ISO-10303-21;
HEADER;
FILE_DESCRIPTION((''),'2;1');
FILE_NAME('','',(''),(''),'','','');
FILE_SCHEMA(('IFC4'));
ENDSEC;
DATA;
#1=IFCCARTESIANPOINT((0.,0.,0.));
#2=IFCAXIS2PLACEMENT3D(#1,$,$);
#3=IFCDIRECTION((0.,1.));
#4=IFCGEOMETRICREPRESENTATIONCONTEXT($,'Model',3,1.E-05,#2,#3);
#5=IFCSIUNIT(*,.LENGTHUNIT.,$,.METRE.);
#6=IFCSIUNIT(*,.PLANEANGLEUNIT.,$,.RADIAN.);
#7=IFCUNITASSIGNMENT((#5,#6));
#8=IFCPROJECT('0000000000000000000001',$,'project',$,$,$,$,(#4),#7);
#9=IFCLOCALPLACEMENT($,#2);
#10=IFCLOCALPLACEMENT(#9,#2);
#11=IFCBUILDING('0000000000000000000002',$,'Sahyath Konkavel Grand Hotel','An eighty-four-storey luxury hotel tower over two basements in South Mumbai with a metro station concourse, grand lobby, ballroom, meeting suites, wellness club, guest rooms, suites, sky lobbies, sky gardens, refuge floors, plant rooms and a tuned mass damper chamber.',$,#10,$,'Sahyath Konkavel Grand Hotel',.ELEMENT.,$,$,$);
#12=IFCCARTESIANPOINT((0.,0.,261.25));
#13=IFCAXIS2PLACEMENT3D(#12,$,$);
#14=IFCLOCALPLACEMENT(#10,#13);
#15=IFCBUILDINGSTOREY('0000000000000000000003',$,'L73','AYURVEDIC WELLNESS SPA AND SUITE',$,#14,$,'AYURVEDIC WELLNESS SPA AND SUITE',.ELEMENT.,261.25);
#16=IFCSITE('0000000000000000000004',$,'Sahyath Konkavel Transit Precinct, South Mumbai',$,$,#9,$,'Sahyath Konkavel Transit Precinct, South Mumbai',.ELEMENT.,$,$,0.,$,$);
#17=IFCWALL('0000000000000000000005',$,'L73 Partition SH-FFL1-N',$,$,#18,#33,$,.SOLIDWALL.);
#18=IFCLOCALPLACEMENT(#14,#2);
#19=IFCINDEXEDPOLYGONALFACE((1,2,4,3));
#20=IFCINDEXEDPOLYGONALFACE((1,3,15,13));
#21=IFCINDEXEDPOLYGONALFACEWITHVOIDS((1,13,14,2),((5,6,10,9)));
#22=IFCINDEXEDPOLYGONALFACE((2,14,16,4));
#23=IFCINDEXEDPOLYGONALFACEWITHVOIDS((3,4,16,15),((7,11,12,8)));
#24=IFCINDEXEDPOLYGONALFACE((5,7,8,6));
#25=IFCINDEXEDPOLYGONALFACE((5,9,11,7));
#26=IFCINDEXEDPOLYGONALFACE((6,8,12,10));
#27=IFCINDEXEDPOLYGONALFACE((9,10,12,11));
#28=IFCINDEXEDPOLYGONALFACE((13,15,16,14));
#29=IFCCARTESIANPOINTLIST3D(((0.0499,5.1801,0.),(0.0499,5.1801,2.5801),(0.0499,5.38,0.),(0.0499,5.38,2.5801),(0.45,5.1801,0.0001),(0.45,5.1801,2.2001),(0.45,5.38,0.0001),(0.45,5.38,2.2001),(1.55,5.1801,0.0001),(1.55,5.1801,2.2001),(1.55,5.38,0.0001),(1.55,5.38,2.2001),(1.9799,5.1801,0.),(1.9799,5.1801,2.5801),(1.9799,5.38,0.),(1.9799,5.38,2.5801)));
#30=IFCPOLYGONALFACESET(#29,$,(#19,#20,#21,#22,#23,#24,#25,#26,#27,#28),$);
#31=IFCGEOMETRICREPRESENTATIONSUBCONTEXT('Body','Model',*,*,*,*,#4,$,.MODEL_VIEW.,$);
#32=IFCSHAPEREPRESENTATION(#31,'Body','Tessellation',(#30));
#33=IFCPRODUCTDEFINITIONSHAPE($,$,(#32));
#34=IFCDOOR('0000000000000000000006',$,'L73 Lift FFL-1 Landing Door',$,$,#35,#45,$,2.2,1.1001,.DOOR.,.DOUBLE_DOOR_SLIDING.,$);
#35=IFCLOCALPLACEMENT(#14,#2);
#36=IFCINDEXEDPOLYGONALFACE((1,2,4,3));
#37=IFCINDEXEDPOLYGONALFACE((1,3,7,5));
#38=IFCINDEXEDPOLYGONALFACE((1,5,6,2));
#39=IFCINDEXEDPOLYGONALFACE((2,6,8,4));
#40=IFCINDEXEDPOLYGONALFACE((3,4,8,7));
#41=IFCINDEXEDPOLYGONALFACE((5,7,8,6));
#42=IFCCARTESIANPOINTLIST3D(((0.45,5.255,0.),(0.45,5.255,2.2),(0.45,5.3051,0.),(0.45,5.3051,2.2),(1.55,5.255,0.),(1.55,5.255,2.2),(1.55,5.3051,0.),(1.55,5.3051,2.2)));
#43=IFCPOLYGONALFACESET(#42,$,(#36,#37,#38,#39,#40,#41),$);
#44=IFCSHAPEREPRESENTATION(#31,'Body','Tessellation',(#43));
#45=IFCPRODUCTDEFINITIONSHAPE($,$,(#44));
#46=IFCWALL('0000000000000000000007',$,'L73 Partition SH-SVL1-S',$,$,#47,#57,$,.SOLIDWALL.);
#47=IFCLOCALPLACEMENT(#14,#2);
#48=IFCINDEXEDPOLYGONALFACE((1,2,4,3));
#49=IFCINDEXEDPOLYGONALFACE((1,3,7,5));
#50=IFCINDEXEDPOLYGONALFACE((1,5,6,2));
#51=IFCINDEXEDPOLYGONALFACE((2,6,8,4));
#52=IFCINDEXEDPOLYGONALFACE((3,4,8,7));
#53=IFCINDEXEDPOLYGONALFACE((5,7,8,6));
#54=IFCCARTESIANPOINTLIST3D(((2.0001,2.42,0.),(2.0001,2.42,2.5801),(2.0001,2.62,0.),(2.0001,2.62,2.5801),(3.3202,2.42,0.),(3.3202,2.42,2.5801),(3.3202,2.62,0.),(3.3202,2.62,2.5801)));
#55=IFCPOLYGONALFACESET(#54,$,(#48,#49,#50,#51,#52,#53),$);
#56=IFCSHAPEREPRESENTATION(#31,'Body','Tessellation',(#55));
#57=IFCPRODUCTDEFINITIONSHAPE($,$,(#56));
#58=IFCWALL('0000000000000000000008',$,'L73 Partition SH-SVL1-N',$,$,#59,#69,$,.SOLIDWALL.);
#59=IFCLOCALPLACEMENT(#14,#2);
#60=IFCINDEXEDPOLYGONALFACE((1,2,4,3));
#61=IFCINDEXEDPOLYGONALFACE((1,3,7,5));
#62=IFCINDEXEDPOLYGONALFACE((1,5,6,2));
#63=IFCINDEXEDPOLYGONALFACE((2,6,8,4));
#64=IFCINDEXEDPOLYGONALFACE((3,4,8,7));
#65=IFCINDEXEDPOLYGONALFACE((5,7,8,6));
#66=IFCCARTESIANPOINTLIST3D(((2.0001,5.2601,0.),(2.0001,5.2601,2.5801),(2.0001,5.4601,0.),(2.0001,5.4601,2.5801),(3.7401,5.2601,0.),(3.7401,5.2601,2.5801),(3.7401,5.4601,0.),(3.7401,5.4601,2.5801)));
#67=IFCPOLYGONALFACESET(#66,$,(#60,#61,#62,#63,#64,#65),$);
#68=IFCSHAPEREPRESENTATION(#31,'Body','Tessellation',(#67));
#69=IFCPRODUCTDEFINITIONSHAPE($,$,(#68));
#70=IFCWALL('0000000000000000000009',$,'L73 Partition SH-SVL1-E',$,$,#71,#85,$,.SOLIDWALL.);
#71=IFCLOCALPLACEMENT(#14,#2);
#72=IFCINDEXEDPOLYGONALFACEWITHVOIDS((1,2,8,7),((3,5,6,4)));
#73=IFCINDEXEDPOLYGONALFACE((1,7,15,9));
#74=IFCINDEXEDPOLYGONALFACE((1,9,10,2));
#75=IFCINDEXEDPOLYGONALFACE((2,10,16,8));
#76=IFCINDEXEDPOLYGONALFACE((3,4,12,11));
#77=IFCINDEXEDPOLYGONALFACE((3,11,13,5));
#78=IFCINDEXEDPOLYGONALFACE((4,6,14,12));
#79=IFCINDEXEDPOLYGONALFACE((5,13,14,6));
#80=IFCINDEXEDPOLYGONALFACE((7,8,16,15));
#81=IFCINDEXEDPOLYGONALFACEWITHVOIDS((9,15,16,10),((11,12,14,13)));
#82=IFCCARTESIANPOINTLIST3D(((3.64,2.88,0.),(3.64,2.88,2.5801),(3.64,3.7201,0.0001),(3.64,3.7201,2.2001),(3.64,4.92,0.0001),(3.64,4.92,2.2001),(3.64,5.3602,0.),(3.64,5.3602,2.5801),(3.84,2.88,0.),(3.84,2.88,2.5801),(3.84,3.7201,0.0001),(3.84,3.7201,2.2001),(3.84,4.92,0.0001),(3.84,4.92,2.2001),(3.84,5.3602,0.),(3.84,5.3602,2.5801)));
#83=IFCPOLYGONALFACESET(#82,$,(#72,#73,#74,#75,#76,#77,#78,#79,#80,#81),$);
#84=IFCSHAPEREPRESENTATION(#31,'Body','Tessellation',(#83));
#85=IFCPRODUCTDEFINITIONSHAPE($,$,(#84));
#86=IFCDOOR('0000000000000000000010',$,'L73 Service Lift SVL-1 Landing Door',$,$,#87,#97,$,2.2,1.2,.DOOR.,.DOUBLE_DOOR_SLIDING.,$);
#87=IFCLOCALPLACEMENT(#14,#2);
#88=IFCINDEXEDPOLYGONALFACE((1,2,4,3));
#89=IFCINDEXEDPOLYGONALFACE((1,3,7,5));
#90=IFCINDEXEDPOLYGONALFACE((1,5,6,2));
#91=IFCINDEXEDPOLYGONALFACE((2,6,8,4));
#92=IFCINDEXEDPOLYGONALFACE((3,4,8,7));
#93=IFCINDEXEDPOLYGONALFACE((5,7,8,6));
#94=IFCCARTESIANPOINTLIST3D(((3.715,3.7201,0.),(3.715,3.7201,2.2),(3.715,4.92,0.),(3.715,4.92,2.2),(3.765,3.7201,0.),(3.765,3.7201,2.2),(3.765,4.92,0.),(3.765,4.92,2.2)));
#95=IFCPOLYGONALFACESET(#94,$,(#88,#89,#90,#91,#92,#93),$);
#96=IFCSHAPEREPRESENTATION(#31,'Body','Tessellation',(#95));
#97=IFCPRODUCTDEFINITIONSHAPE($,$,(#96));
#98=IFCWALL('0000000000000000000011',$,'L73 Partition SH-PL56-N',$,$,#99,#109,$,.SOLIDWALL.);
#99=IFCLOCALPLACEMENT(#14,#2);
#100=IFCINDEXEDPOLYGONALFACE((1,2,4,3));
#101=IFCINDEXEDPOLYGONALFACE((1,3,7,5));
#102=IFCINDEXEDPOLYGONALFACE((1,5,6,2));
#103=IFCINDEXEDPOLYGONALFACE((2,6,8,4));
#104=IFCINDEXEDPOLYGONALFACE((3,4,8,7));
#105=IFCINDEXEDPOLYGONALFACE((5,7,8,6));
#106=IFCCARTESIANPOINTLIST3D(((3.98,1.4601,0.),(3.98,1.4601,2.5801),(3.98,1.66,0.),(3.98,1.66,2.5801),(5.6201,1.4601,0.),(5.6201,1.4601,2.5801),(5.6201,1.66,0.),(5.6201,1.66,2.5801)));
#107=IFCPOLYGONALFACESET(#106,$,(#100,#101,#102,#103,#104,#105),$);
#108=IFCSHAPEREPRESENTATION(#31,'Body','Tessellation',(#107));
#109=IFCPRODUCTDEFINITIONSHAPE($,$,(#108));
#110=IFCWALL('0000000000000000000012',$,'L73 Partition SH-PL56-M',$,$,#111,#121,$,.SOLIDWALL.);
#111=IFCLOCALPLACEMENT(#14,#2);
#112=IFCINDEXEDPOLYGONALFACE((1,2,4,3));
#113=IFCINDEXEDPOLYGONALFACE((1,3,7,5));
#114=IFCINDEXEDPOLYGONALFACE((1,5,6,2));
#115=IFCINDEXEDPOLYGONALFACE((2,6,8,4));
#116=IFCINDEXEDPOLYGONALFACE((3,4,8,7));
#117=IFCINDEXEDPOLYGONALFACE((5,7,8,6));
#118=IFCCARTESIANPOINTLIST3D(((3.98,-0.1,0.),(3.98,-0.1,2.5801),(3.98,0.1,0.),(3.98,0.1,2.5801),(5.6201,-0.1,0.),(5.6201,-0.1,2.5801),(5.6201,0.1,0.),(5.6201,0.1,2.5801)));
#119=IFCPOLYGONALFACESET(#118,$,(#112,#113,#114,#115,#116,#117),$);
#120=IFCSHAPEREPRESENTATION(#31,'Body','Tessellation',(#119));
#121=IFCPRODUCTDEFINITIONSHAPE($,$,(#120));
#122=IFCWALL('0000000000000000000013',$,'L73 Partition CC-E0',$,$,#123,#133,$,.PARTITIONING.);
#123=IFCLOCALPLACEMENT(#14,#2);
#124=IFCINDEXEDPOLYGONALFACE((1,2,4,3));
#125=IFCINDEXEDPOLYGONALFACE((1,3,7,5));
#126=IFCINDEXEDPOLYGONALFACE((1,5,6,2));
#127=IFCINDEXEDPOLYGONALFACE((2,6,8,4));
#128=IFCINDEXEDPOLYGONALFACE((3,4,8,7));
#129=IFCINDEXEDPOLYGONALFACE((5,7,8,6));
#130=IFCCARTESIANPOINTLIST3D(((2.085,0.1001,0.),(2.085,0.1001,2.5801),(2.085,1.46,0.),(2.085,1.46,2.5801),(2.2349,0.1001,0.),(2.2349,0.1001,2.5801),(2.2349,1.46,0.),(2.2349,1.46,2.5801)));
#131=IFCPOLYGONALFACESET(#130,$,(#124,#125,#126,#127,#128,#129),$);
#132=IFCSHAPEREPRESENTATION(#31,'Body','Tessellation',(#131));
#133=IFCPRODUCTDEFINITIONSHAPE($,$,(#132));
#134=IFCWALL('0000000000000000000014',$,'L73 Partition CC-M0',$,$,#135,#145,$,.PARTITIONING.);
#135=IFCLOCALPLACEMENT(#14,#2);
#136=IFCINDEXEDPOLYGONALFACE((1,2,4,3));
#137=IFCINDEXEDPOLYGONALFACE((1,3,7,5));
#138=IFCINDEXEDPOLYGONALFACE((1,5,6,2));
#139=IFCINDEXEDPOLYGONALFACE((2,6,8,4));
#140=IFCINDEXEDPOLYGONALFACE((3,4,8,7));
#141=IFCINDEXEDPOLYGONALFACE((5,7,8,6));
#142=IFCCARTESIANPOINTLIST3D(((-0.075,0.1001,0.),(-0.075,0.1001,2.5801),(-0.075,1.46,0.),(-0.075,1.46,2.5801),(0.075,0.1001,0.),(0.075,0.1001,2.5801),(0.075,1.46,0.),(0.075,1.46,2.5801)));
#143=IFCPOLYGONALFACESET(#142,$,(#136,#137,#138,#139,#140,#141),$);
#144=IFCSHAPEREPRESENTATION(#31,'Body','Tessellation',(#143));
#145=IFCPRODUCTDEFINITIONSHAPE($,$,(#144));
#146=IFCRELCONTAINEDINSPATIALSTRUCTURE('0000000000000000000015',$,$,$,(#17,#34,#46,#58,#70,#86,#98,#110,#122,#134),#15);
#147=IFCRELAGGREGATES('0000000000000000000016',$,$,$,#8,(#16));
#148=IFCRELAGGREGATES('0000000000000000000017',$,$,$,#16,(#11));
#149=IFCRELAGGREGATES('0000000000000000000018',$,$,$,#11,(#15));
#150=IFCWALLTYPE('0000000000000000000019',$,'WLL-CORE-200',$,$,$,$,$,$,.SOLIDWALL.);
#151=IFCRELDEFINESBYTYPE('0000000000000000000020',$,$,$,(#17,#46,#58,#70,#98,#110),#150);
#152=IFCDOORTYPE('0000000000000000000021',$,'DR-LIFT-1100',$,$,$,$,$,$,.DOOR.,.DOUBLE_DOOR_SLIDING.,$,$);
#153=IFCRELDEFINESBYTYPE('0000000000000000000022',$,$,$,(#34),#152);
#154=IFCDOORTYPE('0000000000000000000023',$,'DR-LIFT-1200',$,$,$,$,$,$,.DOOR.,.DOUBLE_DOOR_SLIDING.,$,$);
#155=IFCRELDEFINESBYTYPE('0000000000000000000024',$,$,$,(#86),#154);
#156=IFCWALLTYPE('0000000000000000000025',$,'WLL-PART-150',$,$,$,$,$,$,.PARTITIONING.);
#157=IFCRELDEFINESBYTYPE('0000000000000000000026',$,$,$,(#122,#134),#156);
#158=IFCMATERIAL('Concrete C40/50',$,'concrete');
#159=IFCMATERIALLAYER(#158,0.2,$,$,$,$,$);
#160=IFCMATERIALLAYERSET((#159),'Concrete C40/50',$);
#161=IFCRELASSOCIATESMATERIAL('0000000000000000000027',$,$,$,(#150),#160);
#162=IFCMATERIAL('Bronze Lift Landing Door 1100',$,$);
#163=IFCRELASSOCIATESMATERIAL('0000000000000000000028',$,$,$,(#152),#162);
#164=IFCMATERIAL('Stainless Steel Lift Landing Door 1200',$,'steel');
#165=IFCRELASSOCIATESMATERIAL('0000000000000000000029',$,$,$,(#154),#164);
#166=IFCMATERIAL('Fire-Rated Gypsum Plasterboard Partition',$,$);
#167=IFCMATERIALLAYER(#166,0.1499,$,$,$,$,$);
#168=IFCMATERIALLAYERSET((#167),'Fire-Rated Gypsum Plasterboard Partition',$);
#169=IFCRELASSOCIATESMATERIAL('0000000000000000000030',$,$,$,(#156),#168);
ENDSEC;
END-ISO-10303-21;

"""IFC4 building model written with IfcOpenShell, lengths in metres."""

from ifc_helpers import new_model, si_unit, direction, frame, frame_2d, origin, origin_2d, place, context, subcontext, project, spatial, rectangle, extrude, source, transform, mapped, material, layer, layer_set, type_object, element, fill, save


model = new_model("IFC4")

# Units and contexts
model_context = context("Model", 3, precision=1e-05, world=origin(), true_north=direction((0.0, 1.0)))
body_context = subcontext(model_context, "Body", "Model", "MODEL_VIEW")
ifc_project = project(units=[si_unit("LENGTHUNIT", "METRE"), si_unit("PLANEANGLEUNIT", "RADIAN")], contexts=[model_context])

# Site, building, storey
site_placement = place(None, origin())
site = spatial("IfcSite", under=ifc_project, at=site_placement, Name="Sahyath Konkavel Transit Precinct, South Mumbai", LongName="Sahyath Konkavel Transit Precinct, South Mumbai", CompositionType="ELEMENT", RefElevation=0.0)
building_placement = place(site_placement, origin())
building = spatial("IfcBuilding", under=site, at=building_placement, Name="Sahyath Konkavel Grand Hotel", Description="An eighty-four-storey luxury hotel tower over two basements in South Mumbai with a metro station concourse, grand lobby, ballroom, meeting suites, wellness club, guest rooms, suites, sky lobbies, sky gardens, refuge floors, plant rooms and a tuned mass damper chamber.", LongName="Sahyath Konkavel Grand Hotel", CompositionType="ELEMENT")
storey_placement = place(building_placement, frame((0.0, 0.0, 261.25)))
storey = spatial("IfcBuildingStorey", under=building, at=storey_placement, Name="L73", Description="AYURVEDIC WELLNESS SPA AND SUITE", LongName="AYURVEDIC WELLNESS SPA AND SUITE", CompositionType="ELEMENT", Elevation=261.25)

# Shared definitions
ifc_material_1 = material(Name="Concrete C40/50", Category="concrete")

# Shared definitions
ifc_layer_1 = layer(ifc_material_1, 0.2)
ifc_layer_set_1 = layer_set([ifc_layer_1], Name="Concrete C40/50")
wall_type_1 = type_object("IfcWallType", Name="WLL-CORE-200", PredefinedType="SOLIDWALL", material=ifc_layer_set_1)

# Wall, opening, door
wall_1_placement = place(storey_placement, frame((0.05, 5.28, 0.0), z_axis=(0.0, 0.0, 1.0), x_axis=(1.0, 0.0, 0.0)))
wall_1 = element("IfcWall", 1, at=wall_1_placement, inside=storey, type_object=wall_type_1, Name="L73 Partition SH-FFL1-N", PredefinedType="SOLIDWALL", context=body_context, shape_type="SweptSolid", body=[
    extrude(rectangle(XDim=1.9299, YDim=0.2, at=frame_2d((0.9648, 0.0))), origin(), (0.0, 0.0, 1.0), 2.5801),
])
opening_1_placement = place(wall_1_placement, frame((0.3999, 0.0, 0.0)))
opening_1 = element("IfcOpeningElement", 2, at=opening_1_placement, cuts=wall_1, PredefinedType="OPENING", context=body_context, shape_type="SweptSolid", body=[
    extrude(rectangle(XDim=1.1001, YDim=2.2, at=frame_2d((0.55, 1.1001))), frame((0.0, 0.1099, 0.0), z_axis=(0.0, -1.0, 0.0), x_axis=(1.0, 0.0, 0.0)), (0.0, 0.0, 1.0), 0.22),
])
ifc_material_2 = material(Name="Bronze Lift Landing Door 1100")
door_type_1 = type_object("IfcDoorType", Name="DR-LIFT-1100", OperationType="DOUBLE_DOOR_SLIDING", PredefinedType="DOOR", material=ifc_material_2)
shared_shape_1 = source(origin(), body_context, "Body", "SweptSolid", [
    extrude(rectangle(XDim=1.1001, YDim=0.05, at=origin_2d()), origin(), (0.0, 0.0, 1.0), 2.2),
])
door_1_placement = place(opening_1_placement, frame((0.55, 0.0, 0.0)))
door_1 = element("IfcDoor", 3, at=door_1_placement, inside=storey, type_object=door_type_1, Name="L73 Lift FFL-1 Landing Door", OperationType="DOUBLE_DOOR_SLIDING", OverallHeight=2.2, OverallWidth=1.1001, PredefinedType="DOOR", context=body_context, shape_type="MappedRepresentation", body=[
    mapped(shared_shape_1, transform((0.0, 0.0, 0.0), scale=1.0)),
])
fill(opening_1, door_1)

# Walls
wall_2_placement = place(storey_placement, frame((2.0, 2.52, 0.0), z_axis=(0.0, 0.0, 1.0), x_axis=(1.0, 0.0, 0.0)))
element("IfcWall", 4, at=wall_2_placement, inside=storey, type_object=wall_type_1, Name="L73 Partition SH-SVL1-S", PredefinedType="SOLIDWALL", context=body_context, shape_type="SweptSolid", body=[
    extrude(rectangle(XDim=1.3201, YDim=0.2, at=frame_2d((0.6602, 0.0))), origin(), (0.0, 0.0, 1.0), 2.5801),
])
wall_3_placement = place(storey_placement, frame((2.0, 5.3601, 0.0), z_axis=(0.0, 0.0, 1.0), x_axis=(1.0, 0.0, 0.0)))
element("IfcWall", 5, at=wall_3_placement, inside=storey, type_object=wall_type_1, Name="L73 Partition SH-SVL1-N", PredefinedType="SOLIDWALL", context=body_context, shape_type="SweptSolid", body=[
    extrude(rectangle(XDim=1.74, YDim=0.2, at=frame_2d((0.8701, 0.0))), origin(), (0.0, 0.0, 1.0), 2.5801),
])

# Wall, opening, door
wall_4_placement = place(storey_placement, frame((3.74, 2.8799, 0.0), z_axis=(0.0, 0.0, 1.0), x_axis=(0.0, 1.0, 0.0)))
wall_4 = element("IfcWall", 6, at=wall_4_placement, inside=storey, type_object=wall_type_1, Name="L73 Partition SH-SVL1-E", PredefinedType="SOLIDWALL", context=body_context, shape_type="SweptSolid", body=[
    extrude(rectangle(XDim=2.4802, YDim=0.2, at=frame_2d((1.2402, 0.0))), origin(), (0.0, 0.0, 1.0), 2.5801),
])
opening_2_placement = place(wall_4_placement, frame((0.8401, 0.0, 0.0)))
opening_2 = element("IfcOpeningElement", 7, at=opening_2_placement, cuts=wall_4, PredefinedType="OPENING", context=body_context, shape_type="SweptSolid", body=[
    extrude(rectangle(XDim=1.2, YDim=2.2, at=frame_2d((0.6001, 1.1001))), frame((0.0, 0.1099, 0.0), z_axis=(0.0, -1.0, 0.0), x_axis=(1.0, 0.0, 0.0)), (0.0, 0.0, 1.0), 0.22),
])
ifc_material_3 = material(Name="Stainless Steel Lift Landing Door 1200", Category="steel")
door_type_2 = type_object("IfcDoorType", Name="DR-LIFT-1200", OperationType="DOUBLE_DOOR_SLIDING", PredefinedType="DOOR", material=ifc_material_3)
shared_shape_2 = source(origin(), body_context, "Body", "SweptSolid", [
    extrude(rectangle(XDim=1.2, YDim=0.05, at=origin_2d()), origin(), (0.0, 0.0, 1.0), 2.2),
])
door_2_placement = place(opening_2_placement, frame((0.6001, 0.0, 0.0)))
door_2 = element("IfcDoor", 8, at=door_2_placement, inside=storey, type_object=door_type_2, Name="L73 Service Lift SVL-1 Landing Door", OperationType="DOUBLE_DOOR_SLIDING", OverallHeight=2.2, OverallWidth=1.2, PredefinedType="DOOR", context=body_context, shape_type="MappedRepresentation", body=[
    mapped(shared_shape_2, transform((0.0, 0.0, 0.0), scale=1.0)),
])
fill(opening_2, door_2)

# Walls
for number, where, z_axis, x_axis, name in (
    (9, (3.98, 1.5601, 0.0), (0.0, 0.0, 1.0), (1.0, 0.0, 0.0), "L73 Partition SH-PL56-N"),
    (10, (3.98, 0.0, 0.0), (0.0, 0.0, 1.0), (1.0, 0.0, 0.0), "L73 Partition SH-PL56-M"),
):
    element("IfcWall", number, at=place(storey_placement, frame(where, z_axis=z_axis, x_axis=x_axis)), inside=storey, type_object=wall_type_1, Name=name, PredefinedType="SOLIDWALL", context=body_context, shape_type="SweptSolid", body=[
        extrude(rectangle(XDim=1.6401, YDim=0.2, at=frame_2d((0.8201, 0.0))), origin(), (0.0, 0.0, 1.0), 2.5801),
    ])

# Walls
ifc_material_4 = material(Name="Fire-Rated Gypsum Plasterboard Partition")
ifc_layer_2 = layer(ifc_material_4, 0.1499)
ifc_layer_set_2 = layer_set([ifc_layer_2], Name="Fire-Rated Gypsum Plasterboard Partition")
wall_type_2 = type_object("IfcWallType", Name="WLL-PART-150", PredefinedType="PARTITIONING", material=ifc_layer_set_2)
for number, where, z_axis, x_axis, name in (
    (11, (2.1599, 0.1001, 0.0), (0.0, 0.0, 1.0), (0.0, 1.0, 0.0), "L73 Partition CC-E0"),
    (12, (0.0, 0.1001, 0.0), (0.0, 0.0, 1.0), (0.0, 1.0, 0.0), "L73 Partition CC-M0"),
):
    element("IfcWall", number, at=place(storey_placement, frame(where, z_axis=z_axis, x_axis=x_axis)), inside=storey, type_object=wall_type_2, Name=name, PredefinedType="PARTITIONING", context=body_context, shape_type="SweptSolid", body=[
        extrude(rectangle(XDim=1.3599, YDim=0.1499, at=frame_2d((0.6799, 0.0))), origin(), (0.0, 0.0, 1.0), 2.5801),
    ])

save(model, "model.ifc")
